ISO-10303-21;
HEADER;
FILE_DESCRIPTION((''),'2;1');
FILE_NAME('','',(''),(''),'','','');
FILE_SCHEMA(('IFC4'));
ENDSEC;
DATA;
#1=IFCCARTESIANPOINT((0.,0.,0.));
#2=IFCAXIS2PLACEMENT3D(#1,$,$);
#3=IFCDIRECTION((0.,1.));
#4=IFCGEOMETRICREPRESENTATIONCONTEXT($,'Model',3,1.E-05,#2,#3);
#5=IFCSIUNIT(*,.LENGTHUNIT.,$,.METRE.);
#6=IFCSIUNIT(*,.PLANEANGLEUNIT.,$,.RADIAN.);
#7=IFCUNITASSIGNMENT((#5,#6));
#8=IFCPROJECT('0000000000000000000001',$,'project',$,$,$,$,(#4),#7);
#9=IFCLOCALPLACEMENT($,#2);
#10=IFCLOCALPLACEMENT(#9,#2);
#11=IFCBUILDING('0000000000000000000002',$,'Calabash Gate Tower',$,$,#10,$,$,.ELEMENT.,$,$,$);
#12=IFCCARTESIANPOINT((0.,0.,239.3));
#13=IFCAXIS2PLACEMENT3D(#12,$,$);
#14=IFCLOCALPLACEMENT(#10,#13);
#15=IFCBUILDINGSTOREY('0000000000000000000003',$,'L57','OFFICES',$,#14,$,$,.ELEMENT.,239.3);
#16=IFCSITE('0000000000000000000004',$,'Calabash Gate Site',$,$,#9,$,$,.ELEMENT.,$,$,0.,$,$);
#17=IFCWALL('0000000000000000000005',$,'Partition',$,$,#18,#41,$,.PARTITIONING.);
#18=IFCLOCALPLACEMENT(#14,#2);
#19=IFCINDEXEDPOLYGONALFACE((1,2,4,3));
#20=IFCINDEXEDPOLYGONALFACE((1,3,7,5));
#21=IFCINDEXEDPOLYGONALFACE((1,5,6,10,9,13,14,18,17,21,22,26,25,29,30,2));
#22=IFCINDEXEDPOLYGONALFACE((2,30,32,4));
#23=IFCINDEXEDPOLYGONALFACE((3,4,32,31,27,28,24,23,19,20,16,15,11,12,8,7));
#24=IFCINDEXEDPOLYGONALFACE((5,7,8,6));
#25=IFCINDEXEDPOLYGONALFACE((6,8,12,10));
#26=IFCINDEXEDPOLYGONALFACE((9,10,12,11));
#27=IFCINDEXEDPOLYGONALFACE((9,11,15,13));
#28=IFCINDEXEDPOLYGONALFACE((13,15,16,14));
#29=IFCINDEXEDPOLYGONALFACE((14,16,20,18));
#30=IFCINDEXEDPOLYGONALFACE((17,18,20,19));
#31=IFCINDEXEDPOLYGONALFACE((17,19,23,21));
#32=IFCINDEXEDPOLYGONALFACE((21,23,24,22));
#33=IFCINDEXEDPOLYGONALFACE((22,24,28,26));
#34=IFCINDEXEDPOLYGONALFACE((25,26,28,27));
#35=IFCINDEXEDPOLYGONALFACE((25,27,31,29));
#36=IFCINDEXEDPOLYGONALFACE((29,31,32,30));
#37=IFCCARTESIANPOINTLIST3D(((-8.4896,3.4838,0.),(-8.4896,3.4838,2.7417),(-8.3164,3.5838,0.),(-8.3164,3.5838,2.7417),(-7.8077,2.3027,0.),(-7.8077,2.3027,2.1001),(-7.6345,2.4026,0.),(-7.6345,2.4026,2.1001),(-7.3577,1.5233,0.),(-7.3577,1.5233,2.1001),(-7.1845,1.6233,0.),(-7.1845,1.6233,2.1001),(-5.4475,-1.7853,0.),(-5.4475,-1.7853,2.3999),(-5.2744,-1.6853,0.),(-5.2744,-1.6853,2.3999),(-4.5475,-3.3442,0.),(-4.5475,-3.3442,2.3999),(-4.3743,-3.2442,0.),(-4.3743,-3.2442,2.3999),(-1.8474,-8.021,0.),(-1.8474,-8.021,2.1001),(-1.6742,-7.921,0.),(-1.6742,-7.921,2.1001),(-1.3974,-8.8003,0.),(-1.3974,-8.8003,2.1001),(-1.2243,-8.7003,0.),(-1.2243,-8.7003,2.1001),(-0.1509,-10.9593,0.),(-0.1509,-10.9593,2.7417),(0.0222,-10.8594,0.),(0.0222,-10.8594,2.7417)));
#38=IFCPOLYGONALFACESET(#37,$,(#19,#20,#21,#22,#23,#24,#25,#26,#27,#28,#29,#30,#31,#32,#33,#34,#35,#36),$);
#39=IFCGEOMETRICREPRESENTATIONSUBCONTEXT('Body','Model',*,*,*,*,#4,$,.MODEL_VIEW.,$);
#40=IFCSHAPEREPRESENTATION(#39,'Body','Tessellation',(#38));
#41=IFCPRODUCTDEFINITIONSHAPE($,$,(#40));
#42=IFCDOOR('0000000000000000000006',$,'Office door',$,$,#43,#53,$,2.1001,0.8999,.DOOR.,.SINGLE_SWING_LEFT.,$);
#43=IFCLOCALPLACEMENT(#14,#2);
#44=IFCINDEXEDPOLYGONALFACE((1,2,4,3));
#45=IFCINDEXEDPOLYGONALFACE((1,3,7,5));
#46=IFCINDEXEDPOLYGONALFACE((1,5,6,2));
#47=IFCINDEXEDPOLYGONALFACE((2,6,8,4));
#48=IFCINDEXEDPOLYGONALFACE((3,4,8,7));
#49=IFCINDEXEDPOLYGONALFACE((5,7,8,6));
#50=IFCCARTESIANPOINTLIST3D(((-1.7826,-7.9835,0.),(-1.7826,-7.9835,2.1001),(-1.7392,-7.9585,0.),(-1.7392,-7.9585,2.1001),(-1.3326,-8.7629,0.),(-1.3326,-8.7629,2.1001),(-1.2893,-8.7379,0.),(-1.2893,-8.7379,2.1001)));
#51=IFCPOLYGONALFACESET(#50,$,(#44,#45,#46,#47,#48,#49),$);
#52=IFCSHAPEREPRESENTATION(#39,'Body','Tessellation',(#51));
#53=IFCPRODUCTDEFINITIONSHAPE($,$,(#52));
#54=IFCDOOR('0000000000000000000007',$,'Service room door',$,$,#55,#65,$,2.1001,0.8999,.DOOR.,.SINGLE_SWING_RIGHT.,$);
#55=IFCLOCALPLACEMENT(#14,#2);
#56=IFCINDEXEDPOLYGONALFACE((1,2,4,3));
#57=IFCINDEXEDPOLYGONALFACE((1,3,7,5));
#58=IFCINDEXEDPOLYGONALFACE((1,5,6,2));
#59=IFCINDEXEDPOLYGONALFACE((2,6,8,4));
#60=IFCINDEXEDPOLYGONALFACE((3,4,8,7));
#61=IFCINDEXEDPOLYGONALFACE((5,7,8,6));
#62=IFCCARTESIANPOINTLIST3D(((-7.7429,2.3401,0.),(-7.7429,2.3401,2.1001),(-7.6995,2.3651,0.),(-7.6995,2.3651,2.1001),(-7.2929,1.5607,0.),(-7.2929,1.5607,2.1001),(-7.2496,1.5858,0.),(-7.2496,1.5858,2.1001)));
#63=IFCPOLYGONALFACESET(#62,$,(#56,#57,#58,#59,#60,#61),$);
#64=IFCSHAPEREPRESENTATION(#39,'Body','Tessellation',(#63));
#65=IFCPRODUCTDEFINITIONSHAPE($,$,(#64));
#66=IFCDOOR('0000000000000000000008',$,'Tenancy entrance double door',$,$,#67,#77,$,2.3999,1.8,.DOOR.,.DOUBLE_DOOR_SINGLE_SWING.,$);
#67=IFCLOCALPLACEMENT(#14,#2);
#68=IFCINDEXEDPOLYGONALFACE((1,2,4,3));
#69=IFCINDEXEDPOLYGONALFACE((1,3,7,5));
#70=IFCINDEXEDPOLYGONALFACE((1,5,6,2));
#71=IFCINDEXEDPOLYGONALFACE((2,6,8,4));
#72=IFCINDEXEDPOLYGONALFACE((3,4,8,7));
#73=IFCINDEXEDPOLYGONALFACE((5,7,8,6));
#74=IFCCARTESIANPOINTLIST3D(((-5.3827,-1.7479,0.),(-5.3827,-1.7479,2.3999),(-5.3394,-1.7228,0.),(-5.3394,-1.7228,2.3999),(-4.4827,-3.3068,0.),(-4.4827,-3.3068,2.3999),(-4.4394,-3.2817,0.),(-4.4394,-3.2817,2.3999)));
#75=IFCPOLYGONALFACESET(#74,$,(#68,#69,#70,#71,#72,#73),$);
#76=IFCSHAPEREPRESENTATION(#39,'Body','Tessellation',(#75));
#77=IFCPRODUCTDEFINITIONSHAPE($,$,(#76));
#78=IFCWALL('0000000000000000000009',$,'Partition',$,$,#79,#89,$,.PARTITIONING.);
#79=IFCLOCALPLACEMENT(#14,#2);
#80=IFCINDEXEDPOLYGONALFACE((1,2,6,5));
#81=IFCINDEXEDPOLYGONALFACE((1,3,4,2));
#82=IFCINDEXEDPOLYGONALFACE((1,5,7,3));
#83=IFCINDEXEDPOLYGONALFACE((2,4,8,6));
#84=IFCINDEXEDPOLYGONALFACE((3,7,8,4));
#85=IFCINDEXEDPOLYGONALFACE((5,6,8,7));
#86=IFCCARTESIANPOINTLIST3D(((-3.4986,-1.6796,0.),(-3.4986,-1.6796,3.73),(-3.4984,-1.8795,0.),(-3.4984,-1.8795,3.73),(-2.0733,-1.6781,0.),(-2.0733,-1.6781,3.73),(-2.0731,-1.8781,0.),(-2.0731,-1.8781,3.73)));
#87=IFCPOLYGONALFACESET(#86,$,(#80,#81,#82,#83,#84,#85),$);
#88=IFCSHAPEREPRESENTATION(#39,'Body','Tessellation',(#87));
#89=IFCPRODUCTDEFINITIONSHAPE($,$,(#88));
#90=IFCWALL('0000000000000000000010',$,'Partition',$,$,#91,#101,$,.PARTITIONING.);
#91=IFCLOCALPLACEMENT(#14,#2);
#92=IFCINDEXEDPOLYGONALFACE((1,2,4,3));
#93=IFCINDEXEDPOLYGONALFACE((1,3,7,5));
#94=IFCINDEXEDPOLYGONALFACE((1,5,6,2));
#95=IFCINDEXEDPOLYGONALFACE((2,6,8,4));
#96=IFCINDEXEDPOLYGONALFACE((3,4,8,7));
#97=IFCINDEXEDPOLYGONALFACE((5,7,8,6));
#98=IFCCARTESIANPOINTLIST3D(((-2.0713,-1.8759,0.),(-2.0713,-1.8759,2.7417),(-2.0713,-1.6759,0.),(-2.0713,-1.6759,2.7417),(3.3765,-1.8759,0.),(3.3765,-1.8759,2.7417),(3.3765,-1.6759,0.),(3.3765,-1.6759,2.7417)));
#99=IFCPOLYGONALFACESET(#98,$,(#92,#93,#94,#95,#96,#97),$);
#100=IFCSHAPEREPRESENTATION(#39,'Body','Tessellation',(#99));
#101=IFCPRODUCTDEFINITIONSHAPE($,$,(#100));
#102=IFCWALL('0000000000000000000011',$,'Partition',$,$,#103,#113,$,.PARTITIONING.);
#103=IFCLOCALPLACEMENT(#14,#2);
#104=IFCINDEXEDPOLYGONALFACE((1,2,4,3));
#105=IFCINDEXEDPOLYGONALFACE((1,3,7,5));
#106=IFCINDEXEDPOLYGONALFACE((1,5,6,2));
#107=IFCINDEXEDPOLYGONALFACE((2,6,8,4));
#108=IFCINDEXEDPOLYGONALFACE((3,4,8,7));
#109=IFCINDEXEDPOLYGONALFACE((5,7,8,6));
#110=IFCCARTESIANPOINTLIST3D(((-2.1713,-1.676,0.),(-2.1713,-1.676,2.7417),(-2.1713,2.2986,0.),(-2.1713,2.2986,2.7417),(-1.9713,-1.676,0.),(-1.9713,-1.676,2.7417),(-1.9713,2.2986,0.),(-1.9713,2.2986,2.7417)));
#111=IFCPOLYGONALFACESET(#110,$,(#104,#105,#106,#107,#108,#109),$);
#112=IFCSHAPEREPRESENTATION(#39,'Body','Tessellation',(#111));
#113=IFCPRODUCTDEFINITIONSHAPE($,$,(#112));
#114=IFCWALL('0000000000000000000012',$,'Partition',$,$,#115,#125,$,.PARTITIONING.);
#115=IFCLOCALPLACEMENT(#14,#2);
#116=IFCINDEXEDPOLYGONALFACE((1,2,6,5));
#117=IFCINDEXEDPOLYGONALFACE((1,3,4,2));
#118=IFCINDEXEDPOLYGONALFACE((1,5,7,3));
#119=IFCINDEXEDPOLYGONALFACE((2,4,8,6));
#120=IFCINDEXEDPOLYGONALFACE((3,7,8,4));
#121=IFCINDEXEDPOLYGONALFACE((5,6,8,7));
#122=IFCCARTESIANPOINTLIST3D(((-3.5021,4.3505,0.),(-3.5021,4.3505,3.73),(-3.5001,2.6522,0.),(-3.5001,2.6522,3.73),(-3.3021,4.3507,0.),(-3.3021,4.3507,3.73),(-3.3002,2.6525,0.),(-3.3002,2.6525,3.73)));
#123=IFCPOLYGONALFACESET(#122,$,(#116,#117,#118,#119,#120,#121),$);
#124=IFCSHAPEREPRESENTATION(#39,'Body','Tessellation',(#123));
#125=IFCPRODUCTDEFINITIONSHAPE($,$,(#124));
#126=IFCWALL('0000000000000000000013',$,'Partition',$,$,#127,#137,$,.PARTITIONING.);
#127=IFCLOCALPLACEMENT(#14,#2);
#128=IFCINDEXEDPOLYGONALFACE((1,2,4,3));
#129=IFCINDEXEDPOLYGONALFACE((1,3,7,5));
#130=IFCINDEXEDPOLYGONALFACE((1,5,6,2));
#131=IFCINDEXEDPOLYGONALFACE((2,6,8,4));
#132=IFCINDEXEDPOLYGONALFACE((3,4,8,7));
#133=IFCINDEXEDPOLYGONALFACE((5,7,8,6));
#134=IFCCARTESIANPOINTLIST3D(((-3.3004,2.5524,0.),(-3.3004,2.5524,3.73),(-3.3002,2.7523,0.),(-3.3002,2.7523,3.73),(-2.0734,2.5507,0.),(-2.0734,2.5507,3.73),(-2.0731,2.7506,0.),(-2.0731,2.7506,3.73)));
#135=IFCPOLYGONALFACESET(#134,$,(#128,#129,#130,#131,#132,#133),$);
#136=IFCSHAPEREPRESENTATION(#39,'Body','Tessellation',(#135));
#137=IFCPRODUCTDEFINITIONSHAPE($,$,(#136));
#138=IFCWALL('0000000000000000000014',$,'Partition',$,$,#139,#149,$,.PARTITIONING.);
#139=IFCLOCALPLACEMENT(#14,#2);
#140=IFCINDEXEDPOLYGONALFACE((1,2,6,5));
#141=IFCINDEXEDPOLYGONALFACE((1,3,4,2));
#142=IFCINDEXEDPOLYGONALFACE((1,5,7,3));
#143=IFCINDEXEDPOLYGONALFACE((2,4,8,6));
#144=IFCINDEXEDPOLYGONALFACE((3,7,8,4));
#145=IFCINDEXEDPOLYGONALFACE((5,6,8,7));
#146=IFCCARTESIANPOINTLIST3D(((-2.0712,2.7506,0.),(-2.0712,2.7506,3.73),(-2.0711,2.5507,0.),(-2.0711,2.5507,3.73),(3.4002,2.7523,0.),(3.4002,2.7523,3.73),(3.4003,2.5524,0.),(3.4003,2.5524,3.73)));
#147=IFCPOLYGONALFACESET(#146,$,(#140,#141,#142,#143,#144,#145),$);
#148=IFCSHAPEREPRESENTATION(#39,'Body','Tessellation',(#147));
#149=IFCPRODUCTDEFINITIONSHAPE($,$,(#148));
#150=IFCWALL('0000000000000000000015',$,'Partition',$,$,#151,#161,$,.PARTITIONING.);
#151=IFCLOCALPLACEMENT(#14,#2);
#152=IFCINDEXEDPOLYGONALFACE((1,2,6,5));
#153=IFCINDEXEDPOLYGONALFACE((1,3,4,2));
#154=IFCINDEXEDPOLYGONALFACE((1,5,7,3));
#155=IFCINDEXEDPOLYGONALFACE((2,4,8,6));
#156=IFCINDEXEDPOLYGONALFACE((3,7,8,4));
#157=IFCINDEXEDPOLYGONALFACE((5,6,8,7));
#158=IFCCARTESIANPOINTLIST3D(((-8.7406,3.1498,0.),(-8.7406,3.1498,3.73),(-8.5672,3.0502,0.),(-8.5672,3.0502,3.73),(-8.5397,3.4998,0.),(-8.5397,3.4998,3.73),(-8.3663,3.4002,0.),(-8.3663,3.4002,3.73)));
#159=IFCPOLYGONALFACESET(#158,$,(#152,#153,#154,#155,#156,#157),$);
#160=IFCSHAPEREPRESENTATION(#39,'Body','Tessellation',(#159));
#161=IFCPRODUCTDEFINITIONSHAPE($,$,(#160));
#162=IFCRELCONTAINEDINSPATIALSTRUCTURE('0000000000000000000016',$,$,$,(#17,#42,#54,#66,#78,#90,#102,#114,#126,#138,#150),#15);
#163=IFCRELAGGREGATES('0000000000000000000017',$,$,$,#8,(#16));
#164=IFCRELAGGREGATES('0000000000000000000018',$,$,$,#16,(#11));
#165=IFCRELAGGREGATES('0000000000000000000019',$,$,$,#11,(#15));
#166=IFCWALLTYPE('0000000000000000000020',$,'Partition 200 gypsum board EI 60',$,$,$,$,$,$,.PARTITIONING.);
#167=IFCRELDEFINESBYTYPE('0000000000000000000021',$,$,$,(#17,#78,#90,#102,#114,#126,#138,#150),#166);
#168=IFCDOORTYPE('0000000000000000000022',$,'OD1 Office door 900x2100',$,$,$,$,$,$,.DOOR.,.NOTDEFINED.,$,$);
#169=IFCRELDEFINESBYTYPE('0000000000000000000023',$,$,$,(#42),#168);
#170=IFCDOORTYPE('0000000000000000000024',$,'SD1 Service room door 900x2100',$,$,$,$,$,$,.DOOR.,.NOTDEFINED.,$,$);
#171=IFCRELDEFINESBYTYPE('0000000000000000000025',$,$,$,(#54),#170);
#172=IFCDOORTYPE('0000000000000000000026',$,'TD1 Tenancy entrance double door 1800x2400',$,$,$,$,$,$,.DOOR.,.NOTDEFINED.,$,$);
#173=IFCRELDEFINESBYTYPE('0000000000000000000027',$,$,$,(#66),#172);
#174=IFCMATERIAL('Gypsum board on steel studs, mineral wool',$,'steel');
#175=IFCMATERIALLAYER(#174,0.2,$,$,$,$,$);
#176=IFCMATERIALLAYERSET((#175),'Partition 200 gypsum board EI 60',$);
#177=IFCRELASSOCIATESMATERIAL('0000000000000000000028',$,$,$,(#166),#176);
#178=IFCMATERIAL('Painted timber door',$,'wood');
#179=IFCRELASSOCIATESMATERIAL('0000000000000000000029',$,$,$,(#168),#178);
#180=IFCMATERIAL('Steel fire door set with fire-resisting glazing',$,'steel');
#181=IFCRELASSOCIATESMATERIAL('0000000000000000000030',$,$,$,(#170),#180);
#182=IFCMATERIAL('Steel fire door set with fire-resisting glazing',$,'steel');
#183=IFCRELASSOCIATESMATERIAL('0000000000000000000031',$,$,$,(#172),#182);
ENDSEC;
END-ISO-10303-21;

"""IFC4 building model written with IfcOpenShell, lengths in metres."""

from ifc_helpers import new_model, si_unit, direction, frame, frame_2d, origin, place, context, subcontext, project, spatial, rectangle, extrude, material, layer, layer_set, type_object, element, fill, save


model = new_model("IFC4")

# Units and contexts
model_context = context("Model", 3, precision=1e-05, world=origin(), true_north=direction((0.0, 1.0)))
body_context = subcontext(model_context, "Body", "Model", "MODEL_VIEW")
ifc_project = project(units=[si_unit("LENGTHUNIT", "METRE"), si_unit("PLANEANGLEUNIT", "RADIAN")], contexts=[model_context])

# Site, building, storey
site_placement = place(None, origin())
site = spatial("IfcSite", under=ifc_project, at=site_placement, Name="Calabash Gate Site", CompositionType="ELEMENT", RefElevation=0.0)
building_placement = place(site_placement, origin())
building = spatial("IfcBuilding", under=site, at=building_placement, Name="Calabash Gate Tower", CompositionType="ELEMENT")
storey_placement = place(building_placement, frame((0.0, 0.0, 239.3)))
storey = spatial("IfcBuildingStorey", under=building, at=storey_placement, Name="L57", Description="OFFICES", CompositionType="ELEMENT", Elevation=239.3)

# Wall, openings, doors
ifc_material_1 = material(Name="Gypsum board on steel studs, mineral wool", Category="steel")
ifc_layer_1 = layer(ifc_material_1, 0.2)
ifc_layer_set_1 = layer_set([ifc_layer_1], Name="Partition 200 gypsum board EI 60")
wall_type_1 = type_object("IfcWallType", Name="Partition 200 gypsum board EI 60", PredefinedType="PARTITIONING", material=ifc_layer_set_1)
wall_1_placement = place(storey_placement, frame((-8.4031, 3.5339, 0.0), z_axis=(0.0, 0.0, 1.0), x_axis=(0.499995, -0.866028, 0.0)))
wall_1 = element("IfcWall", 1, at=wall_1_placement, inside=storey, type_object=wall_type_1, Name="Partition", PredefinedType="PARTITIONING", context=body_context, shape_type="SweptSolid", body=[
    extrude(rectangle(XDim=16.6775, YDim=0.2, at=frame_2d((8.3389, 0.0))), origin(), (0.0, 0.0, 1.0), 2.7417),
])
opening_1_placement = place(wall_1_placement, frame((6.0845, 0.0, 0.0)))
opening_1 = element("IfcOpeningElement", 2, at=opening_1_placement, cuts=wall_1, PredefinedType="OPENING", context=body_context, shape_type="SweptSolid", body=[
    extrude(rectangle(XDim=1.8, YDim=2.3999, at=frame_2d((0.8999, 1.2))), frame((0.0, 0.1099, 0.0), z_axis=(0.0, -1.0, 0.0), x_axis=(1.0, 0.0, 0.0)), (0.0, 0.0, 1.0), 0.22),
])
opening_2_placement = place(wall_1_placement, frame((13.2847, 0.0, 0.0)))
opening_2 = element("IfcOpeningElement", 3, at=opening_2_placement, cuts=wall_1, PredefinedType="OPENING", context=body_context, shape_type="SweptSolid", body=[
    extrude(rectangle(XDim=0.8999, YDim=2.1001, at=frame_2d((0.45, 1.05))), frame((0.0, 0.1099, 0.0), z_axis=(0.0, -1.0, 0.0), x_axis=(1.0, 0.0, 0.0)), (0.0, 0.0, 1.0), 0.22),
])
opening_3_placement = place(wall_1_placement, frame((1.364, 0.0, 0.0)))
opening_3 = element("IfcOpeningElement", 4, at=opening_3_placement, cuts=wall_1, PredefinedType="OPENING", context=body_context, shape_type="SweptSolid", body=[
    extrude(rectangle(XDim=0.8999, YDim=2.1001, at=frame_2d((0.45, 1.05))), frame((0.0, 0.1099, 0.0), z_axis=(0.0, -1.0, 0.0), x_axis=(1.0, 0.0, 0.0)), (0.0, 0.0, 1.0), 0.22),
])
ifc_material_2 = material(Name="Painted timber door", Category="wood")
door_type_1 = type_object("IfcDoorType", Name="OD1 Office door 900x2100", OperationType="NOTDEFINED", PredefinedType="DOOR", material=ifc_material_2)
door_1_placement = place(opening_2_placement, origin())
door_1 = element("IfcDoor", 5, at=door_1_placement, inside=storey, type_object=door_type_1, Name="Office door", OperationType="SINGLE_SWING_LEFT", OverallHeight=2.1001, OverallWidth=0.8999, PredefinedType="DOOR", context=body_context, shape_type="SweptSolid", body=[
    extrude(rectangle(XDim=0.8999, YDim=2.1001, at=frame_2d((0.45, 1.05))), frame((0.0, 0.0249, 0.0), z_axis=(0.0, -1.0, 0.0), x_axis=(1.0, 0.0, 0.0)), (0.0, 0.0, 1.0), 0.05),
])
fill(opening_2, door_1)
ifc_material_3 = material(Name="Steel fire door set with fire-resisting glazing", Category="steel")
door_type_2 = type_object("IfcDoorType", Name="SD1 Service room door 900x2100", OperationType="NOTDEFINED", PredefinedType="DOOR", material=ifc_material_3)
door_2_placement = place(opening_3_placement, origin())
door_2 = element("IfcDoor", 6, at=door_2_placement, inside=storey, type_object=door_type_2, Name="Service room door", OperationType="SINGLE_SWING_RIGHT", OverallHeight=2.1001, OverallWidth=0.8999, PredefinedType="DOOR", context=body_context, shape_type="SweptSolid", body=[
    extrude(rectangle(XDim=0.8999, YDim=2.1001, at=frame_2d((0.45, 1.05))), frame((0.0, 0.0249, 0.0), z_axis=(0.0, -1.0, 0.0), x_axis=(1.0, 0.0, 0.0)), (0.0, 0.0, 1.0), 0.05),
])
fill(opening_3, door_2)
ifc_material_4 = material(Name="Steel fire door set with fire-resisting glazing", Category="steel")
door_type_3 = type_object("IfcDoorType", Name="TD1 Tenancy entrance double door 1800x2400", OperationType="NOTDEFINED", PredefinedType="DOOR", material=ifc_material_4)
door_3_placement = place(opening_1_placement, origin())
door_3 = element("IfcDoor", 7, at=door_3_placement, inside=storey, type_object=door_type_3, Name="Tenancy entrance double door", OperationType="DOUBLE_DOOR_SINGLE_SWING", OverallHeight=2.3999, OverallWidth=1.8, PredefinedType="DOOR", context=body_context, shape_type="SweptSolid", body=[
    extrude(rectangle(XDim=1.8, YDim=2.3999, at=frame_2d((0.8999, 1.2))), frame((0.0, 0.0249, 0.0), z_axis=(0.0, -1.0, 0.0), x_axis=(1.0, 0.0, 0.0)), (0.0, 0.0, 1.0), 0.05),
])
fill(opening_1, door_3)

# Walls
wall_2_placement = place(storey_placement, frame((-3.4985, -1.7795, 0.0), z_axis=(0.0, 0.0, 1.0), x_axis=(0.999999, 0.001028, 0.0)))
element("IfcWall", 8, at=wall_2_placement, inside=storey, type_object=wall_type_1, Name="Partition", PredefinedType="PARTITIONING", context=body_context, shape_type="SweptSolid", body=[
    extrude(rectangle(XDim=1.4253, YDim=0.2, at=frame_2d((0.7126, 0.0))), origin(), (0.0, 0.0, 1.0), 3.73),
])
wall_3_placement = place(storey_placement, frame((-2.0713, -1.7759, 0.0), z_axis=(0.0, 0.0, 1.0), x_axis=(1.0, 0.0, 0.0)))
element("IfcWall", 9, at=wall_3_placement, inside=storey, type_object=wall_type_1, Name="Partition", PredefinedType="PARTITIONING", context=body_context, shape_type="SweptSolid", body=[
    extrude(rectangle(XDim=5.4478, YDim=0.2, at=frame_2d((2.7239, 0.0))), origin(), (0.0, 0.0, 1.0), 2.7417),
])
wall_4_placement = place(storey_placement, frame((-2.0713, -1.676, 0.0), z_axis=(0.0, 0.0, 1.0), x_axis=(0.0, 1.0, 0.0)))
element("IfcWall", 10, at=wall_4_placement, inside=storey, type_object=wall_type_1, Name="Partition", PredefinedType="PARTITIONING", context=body_context, shape_type="SweptSolid", body=[
    extrude(rectangle(XDim=3.9746, YDim=0.2, at=frame_2d((1.9873, 0.0))), origin(), (0.0, 0.0, 1.0), 2.7417),
])
wall_5_placement = place(storey_placement, frame((-3.4021, 4.3506, 0.0), z_axis=(0.0, 0.0, 1.0), x_axis=(0.00115, -0.999999, 0.0)))
element("IfcWall", 11, at=wall_5_placement, inside=storey, type_object=wall_type_1, Name="Partition", PredefinedType="PARTITIONING", context=body_context, shape_type="SweptSolid", body=[
    extrude(rectangle(XDim=1.6982, YDim=0.2, at=frame_2d((0.8491, 0.0))), origin(), (0.0, 0.0, 1.0), 3.73),
])
wall_6_placement = place(storey_placement, frame((-3.3003, 2.6523, 0.0), z_axis=(0.0, 0.0, 1.0), x_axis=(0.999999, -0.001393, 0.0)))
element("IfcWall", 12, at=wall_6_placement, inside=storey, type_object=wall_type_1, Name="Partition", PredefinedType="PARTITIONING", context=body_context, shape_type="SweptSolid", body=[
    extrude(rectangle(XDim=1.2271, YDim=0.2, at=frame_2d((0.6135, 0.0))), origin(), (0.0, 0.0, 1.0), 3.73),
])
wall_7_placement = place(storey_placement, frame((-2.0713, 2.6506, 0.0), z_axis=(0.0, 0.0, 1.0), x_axis=(1.0, 0.000312, 0.0)))
element("IfcWall", 13, at=wall_7_placement, inside=storey, type_object=wall_type_1, Name="Partition", PredefinedType="PARTITIONING", context=body_context, shape_type="SweptSolid", body=[
    extrude(rectangle(XDim=5.4714, YDim=0.2, at=frame_2d((2.7358, 0.0))), origin(), (0.0, 0.0, 1.0), 3.73),
])
wall_8_placement = place(storey_placement, frame((-8.6538, 3.1001, 0.0), z_axis=(0.0, 0.0, 1.0), x_axis=(0.497766, 0.867311, 0.0)))
element("IfcWall", 14, at=wall_8_placement, inside=storey, type_object=wall_type_1, Name="Partition", PredefinedType="PARTITIONING", context=body_context, shape_type="SweptSolid", body=[
    extrude(rectangle(XDim=0.4036, YDim=0.2, at=frame_2d((0.2017, 0.0))), origin(), (0.0, 0.0, 1.0), 3.73),
])

save(model, "model.ifc")
